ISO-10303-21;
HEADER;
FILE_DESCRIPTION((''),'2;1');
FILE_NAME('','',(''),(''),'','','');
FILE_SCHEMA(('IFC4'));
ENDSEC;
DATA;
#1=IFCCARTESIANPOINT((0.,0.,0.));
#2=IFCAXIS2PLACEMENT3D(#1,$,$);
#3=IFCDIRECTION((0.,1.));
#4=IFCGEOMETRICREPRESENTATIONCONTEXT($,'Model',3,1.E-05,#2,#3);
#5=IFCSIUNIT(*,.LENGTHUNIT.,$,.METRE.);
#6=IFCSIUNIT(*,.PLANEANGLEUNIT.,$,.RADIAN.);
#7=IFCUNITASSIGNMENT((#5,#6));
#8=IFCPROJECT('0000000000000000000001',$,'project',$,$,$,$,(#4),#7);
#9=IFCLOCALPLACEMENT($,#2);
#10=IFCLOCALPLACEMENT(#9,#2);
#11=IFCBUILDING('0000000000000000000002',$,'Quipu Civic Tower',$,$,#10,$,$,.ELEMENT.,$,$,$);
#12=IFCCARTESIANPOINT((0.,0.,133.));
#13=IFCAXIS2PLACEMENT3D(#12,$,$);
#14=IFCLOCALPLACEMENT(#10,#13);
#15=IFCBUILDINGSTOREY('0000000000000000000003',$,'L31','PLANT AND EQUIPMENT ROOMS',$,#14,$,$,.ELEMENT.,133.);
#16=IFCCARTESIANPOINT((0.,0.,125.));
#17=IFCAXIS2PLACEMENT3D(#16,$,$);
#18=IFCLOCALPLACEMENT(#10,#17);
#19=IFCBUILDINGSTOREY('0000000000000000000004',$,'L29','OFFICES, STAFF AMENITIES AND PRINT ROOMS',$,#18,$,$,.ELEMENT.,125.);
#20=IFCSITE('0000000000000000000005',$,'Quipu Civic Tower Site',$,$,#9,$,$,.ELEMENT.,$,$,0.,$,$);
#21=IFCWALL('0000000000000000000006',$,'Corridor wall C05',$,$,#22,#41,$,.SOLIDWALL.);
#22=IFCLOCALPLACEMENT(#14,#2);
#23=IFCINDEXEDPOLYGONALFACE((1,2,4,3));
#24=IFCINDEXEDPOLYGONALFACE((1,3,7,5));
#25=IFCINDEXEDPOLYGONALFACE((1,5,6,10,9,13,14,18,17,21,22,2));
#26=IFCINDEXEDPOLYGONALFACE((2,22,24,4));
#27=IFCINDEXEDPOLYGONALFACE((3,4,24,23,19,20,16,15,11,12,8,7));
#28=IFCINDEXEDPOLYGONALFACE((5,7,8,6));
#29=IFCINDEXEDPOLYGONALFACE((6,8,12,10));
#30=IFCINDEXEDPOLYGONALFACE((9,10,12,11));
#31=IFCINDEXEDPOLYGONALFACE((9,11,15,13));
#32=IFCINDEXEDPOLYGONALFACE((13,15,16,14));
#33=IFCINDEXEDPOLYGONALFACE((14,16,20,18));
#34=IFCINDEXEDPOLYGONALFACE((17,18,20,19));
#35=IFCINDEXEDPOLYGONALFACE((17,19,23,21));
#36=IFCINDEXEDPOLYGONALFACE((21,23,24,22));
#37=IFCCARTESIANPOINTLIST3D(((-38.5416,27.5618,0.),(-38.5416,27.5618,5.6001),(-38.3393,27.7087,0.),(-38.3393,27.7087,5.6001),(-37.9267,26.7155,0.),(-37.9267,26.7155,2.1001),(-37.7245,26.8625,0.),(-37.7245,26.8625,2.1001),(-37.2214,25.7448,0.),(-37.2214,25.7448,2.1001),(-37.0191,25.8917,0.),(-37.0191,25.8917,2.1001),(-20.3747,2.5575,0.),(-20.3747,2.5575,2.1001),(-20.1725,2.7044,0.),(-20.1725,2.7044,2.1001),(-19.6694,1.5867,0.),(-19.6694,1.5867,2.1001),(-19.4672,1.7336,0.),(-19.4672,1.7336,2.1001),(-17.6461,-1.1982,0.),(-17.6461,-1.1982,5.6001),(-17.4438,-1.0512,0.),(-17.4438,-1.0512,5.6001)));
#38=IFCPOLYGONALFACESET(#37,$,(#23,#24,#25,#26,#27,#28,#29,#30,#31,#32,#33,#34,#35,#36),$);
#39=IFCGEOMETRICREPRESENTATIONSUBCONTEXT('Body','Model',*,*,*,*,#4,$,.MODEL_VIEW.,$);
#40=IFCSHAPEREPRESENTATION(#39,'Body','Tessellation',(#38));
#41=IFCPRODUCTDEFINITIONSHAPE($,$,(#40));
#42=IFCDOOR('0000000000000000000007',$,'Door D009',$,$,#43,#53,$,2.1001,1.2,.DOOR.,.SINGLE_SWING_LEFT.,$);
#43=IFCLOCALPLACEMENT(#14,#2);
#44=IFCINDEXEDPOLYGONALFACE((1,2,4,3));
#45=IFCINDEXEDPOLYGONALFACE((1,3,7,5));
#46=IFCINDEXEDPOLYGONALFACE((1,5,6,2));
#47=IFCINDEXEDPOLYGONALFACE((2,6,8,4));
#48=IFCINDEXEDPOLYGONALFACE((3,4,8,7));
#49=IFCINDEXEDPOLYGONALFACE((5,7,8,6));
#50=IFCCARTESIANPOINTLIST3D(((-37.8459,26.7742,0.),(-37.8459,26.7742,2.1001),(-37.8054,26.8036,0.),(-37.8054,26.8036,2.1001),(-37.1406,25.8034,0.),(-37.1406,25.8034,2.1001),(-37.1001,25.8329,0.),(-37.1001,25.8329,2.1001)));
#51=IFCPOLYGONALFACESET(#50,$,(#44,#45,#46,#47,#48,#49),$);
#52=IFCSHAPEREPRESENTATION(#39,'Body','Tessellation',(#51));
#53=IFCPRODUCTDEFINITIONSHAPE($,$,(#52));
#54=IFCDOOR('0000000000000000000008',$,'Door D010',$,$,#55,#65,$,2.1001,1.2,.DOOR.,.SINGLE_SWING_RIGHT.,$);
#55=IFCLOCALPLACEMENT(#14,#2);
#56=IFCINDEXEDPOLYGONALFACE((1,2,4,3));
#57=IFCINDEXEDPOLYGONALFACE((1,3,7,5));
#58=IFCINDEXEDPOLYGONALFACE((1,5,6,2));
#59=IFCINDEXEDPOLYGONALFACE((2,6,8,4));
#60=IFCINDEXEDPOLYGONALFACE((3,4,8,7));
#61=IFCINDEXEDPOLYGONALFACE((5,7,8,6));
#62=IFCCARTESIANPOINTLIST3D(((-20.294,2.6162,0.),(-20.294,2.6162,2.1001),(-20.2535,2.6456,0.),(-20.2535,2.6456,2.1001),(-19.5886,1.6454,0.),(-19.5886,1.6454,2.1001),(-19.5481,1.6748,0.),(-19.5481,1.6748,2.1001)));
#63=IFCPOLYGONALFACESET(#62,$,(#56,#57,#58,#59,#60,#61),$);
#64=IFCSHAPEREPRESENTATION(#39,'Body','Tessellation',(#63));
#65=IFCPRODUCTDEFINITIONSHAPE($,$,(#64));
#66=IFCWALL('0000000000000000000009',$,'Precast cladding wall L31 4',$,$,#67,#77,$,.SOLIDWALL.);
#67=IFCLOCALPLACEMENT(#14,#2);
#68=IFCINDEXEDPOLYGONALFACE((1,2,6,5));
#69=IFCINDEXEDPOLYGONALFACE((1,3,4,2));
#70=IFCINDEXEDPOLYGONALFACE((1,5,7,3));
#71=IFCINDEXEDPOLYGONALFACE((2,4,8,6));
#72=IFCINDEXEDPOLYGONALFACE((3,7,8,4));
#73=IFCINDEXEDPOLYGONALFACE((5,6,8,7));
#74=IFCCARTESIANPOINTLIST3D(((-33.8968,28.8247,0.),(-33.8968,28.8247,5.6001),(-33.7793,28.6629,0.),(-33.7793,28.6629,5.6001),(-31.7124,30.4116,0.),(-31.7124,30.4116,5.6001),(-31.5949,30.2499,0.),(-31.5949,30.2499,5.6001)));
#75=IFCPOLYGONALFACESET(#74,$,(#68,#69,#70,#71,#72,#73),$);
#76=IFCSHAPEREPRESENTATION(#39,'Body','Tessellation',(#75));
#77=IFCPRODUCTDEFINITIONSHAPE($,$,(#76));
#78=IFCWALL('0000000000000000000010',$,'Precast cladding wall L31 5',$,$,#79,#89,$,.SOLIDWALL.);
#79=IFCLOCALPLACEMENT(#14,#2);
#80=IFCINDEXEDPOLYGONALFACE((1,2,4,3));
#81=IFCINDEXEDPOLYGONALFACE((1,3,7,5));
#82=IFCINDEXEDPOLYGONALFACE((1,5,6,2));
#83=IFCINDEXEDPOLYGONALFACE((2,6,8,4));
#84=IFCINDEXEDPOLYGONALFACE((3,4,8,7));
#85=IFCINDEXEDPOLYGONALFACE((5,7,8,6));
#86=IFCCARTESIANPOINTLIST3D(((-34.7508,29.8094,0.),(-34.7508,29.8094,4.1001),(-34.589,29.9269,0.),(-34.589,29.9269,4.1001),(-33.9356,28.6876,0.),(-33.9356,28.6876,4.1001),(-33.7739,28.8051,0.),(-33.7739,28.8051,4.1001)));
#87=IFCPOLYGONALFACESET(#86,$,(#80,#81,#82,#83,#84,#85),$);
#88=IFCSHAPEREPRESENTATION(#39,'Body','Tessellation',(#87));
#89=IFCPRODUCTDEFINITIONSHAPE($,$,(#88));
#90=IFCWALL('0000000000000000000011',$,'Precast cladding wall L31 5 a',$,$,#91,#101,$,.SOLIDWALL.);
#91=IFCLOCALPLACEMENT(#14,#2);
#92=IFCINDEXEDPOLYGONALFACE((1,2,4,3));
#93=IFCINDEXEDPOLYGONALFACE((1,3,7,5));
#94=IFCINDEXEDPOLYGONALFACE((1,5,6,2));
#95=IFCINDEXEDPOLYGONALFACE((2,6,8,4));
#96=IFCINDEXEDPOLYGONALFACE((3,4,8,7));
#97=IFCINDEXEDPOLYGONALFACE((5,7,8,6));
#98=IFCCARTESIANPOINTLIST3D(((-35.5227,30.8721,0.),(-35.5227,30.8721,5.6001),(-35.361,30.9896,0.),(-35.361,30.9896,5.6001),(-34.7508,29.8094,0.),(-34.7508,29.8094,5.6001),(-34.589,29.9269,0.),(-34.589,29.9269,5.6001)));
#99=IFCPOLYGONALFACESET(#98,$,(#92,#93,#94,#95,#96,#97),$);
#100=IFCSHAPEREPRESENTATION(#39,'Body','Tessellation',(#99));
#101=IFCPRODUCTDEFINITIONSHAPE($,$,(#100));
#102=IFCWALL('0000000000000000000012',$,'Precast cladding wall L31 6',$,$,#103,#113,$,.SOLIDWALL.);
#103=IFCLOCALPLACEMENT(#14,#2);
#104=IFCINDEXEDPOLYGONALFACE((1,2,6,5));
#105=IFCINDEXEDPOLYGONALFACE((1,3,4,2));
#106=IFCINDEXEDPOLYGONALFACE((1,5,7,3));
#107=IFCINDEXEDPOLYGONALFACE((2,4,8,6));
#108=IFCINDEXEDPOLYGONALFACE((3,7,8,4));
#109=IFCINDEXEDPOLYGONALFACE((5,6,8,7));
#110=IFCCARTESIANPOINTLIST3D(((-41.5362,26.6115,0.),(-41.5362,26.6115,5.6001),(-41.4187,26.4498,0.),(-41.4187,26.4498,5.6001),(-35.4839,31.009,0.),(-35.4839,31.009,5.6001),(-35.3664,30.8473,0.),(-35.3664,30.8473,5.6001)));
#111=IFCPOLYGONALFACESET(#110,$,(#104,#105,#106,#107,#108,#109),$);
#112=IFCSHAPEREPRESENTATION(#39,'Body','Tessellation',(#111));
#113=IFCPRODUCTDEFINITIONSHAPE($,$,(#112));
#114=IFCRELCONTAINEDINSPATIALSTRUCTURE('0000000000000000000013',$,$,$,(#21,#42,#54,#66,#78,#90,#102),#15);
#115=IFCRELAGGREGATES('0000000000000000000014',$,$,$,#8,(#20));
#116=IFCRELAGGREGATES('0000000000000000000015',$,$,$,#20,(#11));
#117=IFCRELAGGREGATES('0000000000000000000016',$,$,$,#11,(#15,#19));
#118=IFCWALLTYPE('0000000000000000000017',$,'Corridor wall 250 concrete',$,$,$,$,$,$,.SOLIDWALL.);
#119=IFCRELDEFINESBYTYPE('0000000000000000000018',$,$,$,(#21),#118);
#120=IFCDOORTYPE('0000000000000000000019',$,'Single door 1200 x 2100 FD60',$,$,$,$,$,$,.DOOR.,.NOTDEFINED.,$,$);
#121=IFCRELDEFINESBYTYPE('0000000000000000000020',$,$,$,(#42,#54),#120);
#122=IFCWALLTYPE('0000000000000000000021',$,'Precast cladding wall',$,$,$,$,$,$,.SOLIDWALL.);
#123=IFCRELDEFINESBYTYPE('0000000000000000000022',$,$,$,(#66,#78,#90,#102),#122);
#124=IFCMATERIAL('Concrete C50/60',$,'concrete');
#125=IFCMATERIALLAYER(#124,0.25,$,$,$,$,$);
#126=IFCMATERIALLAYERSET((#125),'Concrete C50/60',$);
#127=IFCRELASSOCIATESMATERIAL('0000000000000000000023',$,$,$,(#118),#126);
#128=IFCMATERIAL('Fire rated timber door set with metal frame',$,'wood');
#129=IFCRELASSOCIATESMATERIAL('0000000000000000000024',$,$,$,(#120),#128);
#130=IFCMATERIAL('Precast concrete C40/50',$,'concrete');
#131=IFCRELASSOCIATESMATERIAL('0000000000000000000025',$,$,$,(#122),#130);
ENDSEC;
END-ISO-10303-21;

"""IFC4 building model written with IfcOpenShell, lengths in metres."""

from ifc_helpers import new_model, si_unit, direction, frame, frame_2d, origin, place, context, subcontext, project, spatial, rectangle, extrude, material, layer, layer_set, type_object, element, fill, save


model = new_model("IFC4")

# Units and contexts
model_context = context("Model", 3, precision=1e-05, world=origin(), true_north=direction((0.0, 1.0)))
body_context = subcontext(model_context, "Body", "Model", "MODEL_VIEW")
ifc_project = project(units=[si_unit("LENGTHUNIT", "METRE"), si_unit("PLANEANGLEUNIT", "RADIAN")], contexts=[model_context])

# Site, building, storey
site_placement = place(None, origin())
site = spatial("IfcSite", under=ifc_project, at=site_placement, Name="Quipu Civic Tower Site", CompositionType="ELEMENT", RefElevation=0.0)
building_placement = place(site_placement, origin())
building = spatial("IfcBuilding", under=site, at=building_placement, Name="Quipu Civic Tower", CompositionType="ELEMENT")
storey_1_placement = place(building_placement, frame((0.0, 0.0, 133.0)))
storey_1 = spatial("IfcBuildingStorey", under=building, at=storey_1_placement, Name="L31", Description="PLANT AND EQUIPMENT ROOMS", CompositionType="ELEMENT", Elevation=133.0)

# Shared definitions
storey_2_placement = place(building_placement, frame((0.0, 0.0, 125.0)))
storey_2 = spatial("IfcBuildingStorey", under=building, at=storey_2_placement, Name="L29", Description="OFFICES, STAFF AMENITIES AND PRINT ROOMS", CompositionType="ELEMENT", Elevation=125.0)

# Wall, openings, doors
ifc_material_1 = material(Name="Concrete C50/60", Category="concrete")
ifc_layer_1 = layer(ifc_material_1, 0.25)
ifc_layer_set_1 = layer_set([ifc_layer_1], Name="Concrete C50/60")
wall_type_1 = type_object("IfcWallType", Name="Corridor wall 250 concrete", PredefinedType="SOLIDWALL", material=ifc_layer_set_1)
wall_1_placement = place(storey_1_placement, frame((-38.4404, 27.6353, 0.0), z_axis=(0.0, 0.0, 1.0), x_axis=(0.587788, -0.809015, 0.0)))
wall_1 = element("IfcWall", 1, at=wall_1_placement, inside=storey_1, type_object=wall_type_1, Name="Corridor wall C05", PredefinedType="SOLIDWALL", context=body_context, shape_type="SweptSolid", body=[
    extrude(rectangle(XDim=35.5493, YDim=0.25, at=frame_2d((17.7747, 0.0))), origin(), (0.0, 0.0, 1.0), 5.6001),
])
opening_1_placement = place(wall_1_placement, frame((1.0459, 0.0, 0.0)))
opening_1 = element("IfcOpeningElement", 2, at=opening_1_placement, cuts=wall_1, PredefinedType="OPENING", context=body_context, shape_type="SweptSolid", body=[
    extrude(rectangle(XDim=1.2, YDim=2.1001, at=frame_2d((0.6001, 1.05))), frame((0.0, 0.135, 0.0), z_axis=(0.0, -1.0, 0.0), x_axis=(1.0, 0.0, 0.0)), (0.0, 0.0, 1.0), 0.27),
])
opening_2_placement = place(wall_1_placement, frame((30.907, 0.0, 0.0)))
opening_2 = element("IfcOpeningElement", 3, at=opening_2_placement, cuts=wall_1, PredefinedType="OPENING", context=body_context, shape_type="SweptSolid", body=[
    extrude(rectangle(XDim=1.2, YDim=2.1001, at=frame_2d((0.6001, 1.05))), frame((0.0, 0.135, 0.0), z_axis=(0.0, -1.0, 0.0), x_axis=(1.0, 0.0, 0.0)), (0.0, 0.0, 1.0), 0.27),
])
ifc_material_2 = material(Name="Fire rated timber door set with metal frame", Category="wood")
door_type = type_object("IfcDoorType", Name="Single door 1200 x 2100 FD60", OperationType="NOTDEFINED", PredefinedType="DOOR", material=ifc_material_2)
door_1_placement = place(opening_1_placement, origin())
door_1 = element("IfcDoor", 4, at=door_1_placement, inside=storey_1, type_object=door_type, Name="Door D009", OperationType="SINGLE_SWING_LEFT", OverallHeight=2.1001, OverallWidth=1.2, PredefinedType="DOOR", context=body_context, shape_type="SweptSolid", body=[
    extrude(rectangle(XDim=1.2, YDim=2.1001, at=frame_2d((0.6001, 1.05))), frame((0.0, 0.0249, 0.0), z_axis=(0.0, -1.0, 0.0), x_axis=(1.0, 0.0, 0.0)), (0.0, 0.0, 1.0), 0.05),
])
fill(opening_1, door_1)
door_2_placement = place(opening_2_placement, origin())
door_2 = element("IfcDoor", 5, at=door_2_placement, inside=storey_1, type_object=door_type, Name="Door D010", OperationType="SINGLE_SWING_RIGHT", OverallHeight=2.1001, OverallWidth=1.2, PredefinedType="DOOR", context=body_context, shape_type="SweptSolid", body=[
    extrude(rectangle(XDim=1.2, YDim=2.1001, at=frame_2d((0.6001, 1.05))), frame((0.0, 0.0249, 0.0), z_axis=(0.0, -1.0, 0.0), x_axis=(1.0, 0.0, 0.0)), (0.0, 0.0, 1.0), 0.05),
])
fill(opening_2, door_2)

# Walls
ifc_material_3 = material(Name="Precast concrete C40/50", Category="concrete")
wall_type_2 = type_object("IfcWallType", Name="Precast cladding wall", PredefinedType="SOLIDWALL", material=ifc_material_3)
wall_2_placement = place(storey_1_placement, frame((-31.6536, 30.3308, 0.0), z_axis=(0.0, 0.0, 1.0), x_axis=(-0.809033, -0.587763, 0.0)))
element("IfcWall", 6, at=wall_2_placement, inside=storey_1, type_object=wall_type_2, Name="Precast cladding wall L31 4", PredefinedType="SOLIDWALL", context=body_context, shape_type="SweptSolid", body=[
    extrude(rectangle(XDim=2.7, YDim=0.2, at=frame_2d((1.3501, 0.0))), origin(), (0.0, 0.0, 1.0), 5.6001),
])
wall_3_placement = place(storey_1_placement, frame((-33.8547, 28.7463, 0.0), z_axis=(0.0, 0.0, 1.0), x_axis=(-0.587847, 0.808972, 0.0)))
element("IfcWall", 7, at=wall_3_placement, inside=storey_1, type_object=wall_type_2, Name="Precast cladding wall L31 5", PredefinedType="SOLIDWALL", context=body_context, shape_type="SweptSolid", body=[
    extrude(rectangle(XDim=1.3867, YDim=0.2, at=frame_2d((0.6934, 0.0))), origin(), (0.0, 0.0, 1.0), 4.1001),
])
wall_4_placement = place(storey_1_placement, frame((-34.6699, 29.8682, 0.0), z_axis=(0.0, 0.0, 1.0), x_axis=(-0.587707, 0.809074, 0.0)))
element("IfcWall", 8, at=wall_4_placement, inside=storey_1, type_object=wall_type_2, Name="Precast cladding wall L31 5 a", PredefinedType="SOLIDWALL", context=body_context, shape_type="SweptSolid", body=[
    extrude(rectangle(XDim=1.3135, YDim=0.2, at=frame_2d((0.6567, 0.0))), origin(), (0.0, 0.0, 1.0), 5.6001),
])
wall_5_placement = place(storey_1_placement, frame((-35.425, 30.9282, 0.0), z_axis=(0.0, 0.0, 1.0), x_axis=(-0.809001, -0.587807, 0.0)))
element("IfcWall", 9, at=wall_5_placement, inside=storey_1, type_object=wall_type_2, Name="Precast cladding wall L31 6", PredefinedType="SOLIDWALL", context=body_context, shape_type="SweptSolid", body=[
    extrude(rectangle(XDim=7.4812, YDim=0.2, at=frame_2d((3.7407, 0.0))), origin(), (0.0, 0.0, 1.0), 5.6001),
])

save(model, "model.ifc")
